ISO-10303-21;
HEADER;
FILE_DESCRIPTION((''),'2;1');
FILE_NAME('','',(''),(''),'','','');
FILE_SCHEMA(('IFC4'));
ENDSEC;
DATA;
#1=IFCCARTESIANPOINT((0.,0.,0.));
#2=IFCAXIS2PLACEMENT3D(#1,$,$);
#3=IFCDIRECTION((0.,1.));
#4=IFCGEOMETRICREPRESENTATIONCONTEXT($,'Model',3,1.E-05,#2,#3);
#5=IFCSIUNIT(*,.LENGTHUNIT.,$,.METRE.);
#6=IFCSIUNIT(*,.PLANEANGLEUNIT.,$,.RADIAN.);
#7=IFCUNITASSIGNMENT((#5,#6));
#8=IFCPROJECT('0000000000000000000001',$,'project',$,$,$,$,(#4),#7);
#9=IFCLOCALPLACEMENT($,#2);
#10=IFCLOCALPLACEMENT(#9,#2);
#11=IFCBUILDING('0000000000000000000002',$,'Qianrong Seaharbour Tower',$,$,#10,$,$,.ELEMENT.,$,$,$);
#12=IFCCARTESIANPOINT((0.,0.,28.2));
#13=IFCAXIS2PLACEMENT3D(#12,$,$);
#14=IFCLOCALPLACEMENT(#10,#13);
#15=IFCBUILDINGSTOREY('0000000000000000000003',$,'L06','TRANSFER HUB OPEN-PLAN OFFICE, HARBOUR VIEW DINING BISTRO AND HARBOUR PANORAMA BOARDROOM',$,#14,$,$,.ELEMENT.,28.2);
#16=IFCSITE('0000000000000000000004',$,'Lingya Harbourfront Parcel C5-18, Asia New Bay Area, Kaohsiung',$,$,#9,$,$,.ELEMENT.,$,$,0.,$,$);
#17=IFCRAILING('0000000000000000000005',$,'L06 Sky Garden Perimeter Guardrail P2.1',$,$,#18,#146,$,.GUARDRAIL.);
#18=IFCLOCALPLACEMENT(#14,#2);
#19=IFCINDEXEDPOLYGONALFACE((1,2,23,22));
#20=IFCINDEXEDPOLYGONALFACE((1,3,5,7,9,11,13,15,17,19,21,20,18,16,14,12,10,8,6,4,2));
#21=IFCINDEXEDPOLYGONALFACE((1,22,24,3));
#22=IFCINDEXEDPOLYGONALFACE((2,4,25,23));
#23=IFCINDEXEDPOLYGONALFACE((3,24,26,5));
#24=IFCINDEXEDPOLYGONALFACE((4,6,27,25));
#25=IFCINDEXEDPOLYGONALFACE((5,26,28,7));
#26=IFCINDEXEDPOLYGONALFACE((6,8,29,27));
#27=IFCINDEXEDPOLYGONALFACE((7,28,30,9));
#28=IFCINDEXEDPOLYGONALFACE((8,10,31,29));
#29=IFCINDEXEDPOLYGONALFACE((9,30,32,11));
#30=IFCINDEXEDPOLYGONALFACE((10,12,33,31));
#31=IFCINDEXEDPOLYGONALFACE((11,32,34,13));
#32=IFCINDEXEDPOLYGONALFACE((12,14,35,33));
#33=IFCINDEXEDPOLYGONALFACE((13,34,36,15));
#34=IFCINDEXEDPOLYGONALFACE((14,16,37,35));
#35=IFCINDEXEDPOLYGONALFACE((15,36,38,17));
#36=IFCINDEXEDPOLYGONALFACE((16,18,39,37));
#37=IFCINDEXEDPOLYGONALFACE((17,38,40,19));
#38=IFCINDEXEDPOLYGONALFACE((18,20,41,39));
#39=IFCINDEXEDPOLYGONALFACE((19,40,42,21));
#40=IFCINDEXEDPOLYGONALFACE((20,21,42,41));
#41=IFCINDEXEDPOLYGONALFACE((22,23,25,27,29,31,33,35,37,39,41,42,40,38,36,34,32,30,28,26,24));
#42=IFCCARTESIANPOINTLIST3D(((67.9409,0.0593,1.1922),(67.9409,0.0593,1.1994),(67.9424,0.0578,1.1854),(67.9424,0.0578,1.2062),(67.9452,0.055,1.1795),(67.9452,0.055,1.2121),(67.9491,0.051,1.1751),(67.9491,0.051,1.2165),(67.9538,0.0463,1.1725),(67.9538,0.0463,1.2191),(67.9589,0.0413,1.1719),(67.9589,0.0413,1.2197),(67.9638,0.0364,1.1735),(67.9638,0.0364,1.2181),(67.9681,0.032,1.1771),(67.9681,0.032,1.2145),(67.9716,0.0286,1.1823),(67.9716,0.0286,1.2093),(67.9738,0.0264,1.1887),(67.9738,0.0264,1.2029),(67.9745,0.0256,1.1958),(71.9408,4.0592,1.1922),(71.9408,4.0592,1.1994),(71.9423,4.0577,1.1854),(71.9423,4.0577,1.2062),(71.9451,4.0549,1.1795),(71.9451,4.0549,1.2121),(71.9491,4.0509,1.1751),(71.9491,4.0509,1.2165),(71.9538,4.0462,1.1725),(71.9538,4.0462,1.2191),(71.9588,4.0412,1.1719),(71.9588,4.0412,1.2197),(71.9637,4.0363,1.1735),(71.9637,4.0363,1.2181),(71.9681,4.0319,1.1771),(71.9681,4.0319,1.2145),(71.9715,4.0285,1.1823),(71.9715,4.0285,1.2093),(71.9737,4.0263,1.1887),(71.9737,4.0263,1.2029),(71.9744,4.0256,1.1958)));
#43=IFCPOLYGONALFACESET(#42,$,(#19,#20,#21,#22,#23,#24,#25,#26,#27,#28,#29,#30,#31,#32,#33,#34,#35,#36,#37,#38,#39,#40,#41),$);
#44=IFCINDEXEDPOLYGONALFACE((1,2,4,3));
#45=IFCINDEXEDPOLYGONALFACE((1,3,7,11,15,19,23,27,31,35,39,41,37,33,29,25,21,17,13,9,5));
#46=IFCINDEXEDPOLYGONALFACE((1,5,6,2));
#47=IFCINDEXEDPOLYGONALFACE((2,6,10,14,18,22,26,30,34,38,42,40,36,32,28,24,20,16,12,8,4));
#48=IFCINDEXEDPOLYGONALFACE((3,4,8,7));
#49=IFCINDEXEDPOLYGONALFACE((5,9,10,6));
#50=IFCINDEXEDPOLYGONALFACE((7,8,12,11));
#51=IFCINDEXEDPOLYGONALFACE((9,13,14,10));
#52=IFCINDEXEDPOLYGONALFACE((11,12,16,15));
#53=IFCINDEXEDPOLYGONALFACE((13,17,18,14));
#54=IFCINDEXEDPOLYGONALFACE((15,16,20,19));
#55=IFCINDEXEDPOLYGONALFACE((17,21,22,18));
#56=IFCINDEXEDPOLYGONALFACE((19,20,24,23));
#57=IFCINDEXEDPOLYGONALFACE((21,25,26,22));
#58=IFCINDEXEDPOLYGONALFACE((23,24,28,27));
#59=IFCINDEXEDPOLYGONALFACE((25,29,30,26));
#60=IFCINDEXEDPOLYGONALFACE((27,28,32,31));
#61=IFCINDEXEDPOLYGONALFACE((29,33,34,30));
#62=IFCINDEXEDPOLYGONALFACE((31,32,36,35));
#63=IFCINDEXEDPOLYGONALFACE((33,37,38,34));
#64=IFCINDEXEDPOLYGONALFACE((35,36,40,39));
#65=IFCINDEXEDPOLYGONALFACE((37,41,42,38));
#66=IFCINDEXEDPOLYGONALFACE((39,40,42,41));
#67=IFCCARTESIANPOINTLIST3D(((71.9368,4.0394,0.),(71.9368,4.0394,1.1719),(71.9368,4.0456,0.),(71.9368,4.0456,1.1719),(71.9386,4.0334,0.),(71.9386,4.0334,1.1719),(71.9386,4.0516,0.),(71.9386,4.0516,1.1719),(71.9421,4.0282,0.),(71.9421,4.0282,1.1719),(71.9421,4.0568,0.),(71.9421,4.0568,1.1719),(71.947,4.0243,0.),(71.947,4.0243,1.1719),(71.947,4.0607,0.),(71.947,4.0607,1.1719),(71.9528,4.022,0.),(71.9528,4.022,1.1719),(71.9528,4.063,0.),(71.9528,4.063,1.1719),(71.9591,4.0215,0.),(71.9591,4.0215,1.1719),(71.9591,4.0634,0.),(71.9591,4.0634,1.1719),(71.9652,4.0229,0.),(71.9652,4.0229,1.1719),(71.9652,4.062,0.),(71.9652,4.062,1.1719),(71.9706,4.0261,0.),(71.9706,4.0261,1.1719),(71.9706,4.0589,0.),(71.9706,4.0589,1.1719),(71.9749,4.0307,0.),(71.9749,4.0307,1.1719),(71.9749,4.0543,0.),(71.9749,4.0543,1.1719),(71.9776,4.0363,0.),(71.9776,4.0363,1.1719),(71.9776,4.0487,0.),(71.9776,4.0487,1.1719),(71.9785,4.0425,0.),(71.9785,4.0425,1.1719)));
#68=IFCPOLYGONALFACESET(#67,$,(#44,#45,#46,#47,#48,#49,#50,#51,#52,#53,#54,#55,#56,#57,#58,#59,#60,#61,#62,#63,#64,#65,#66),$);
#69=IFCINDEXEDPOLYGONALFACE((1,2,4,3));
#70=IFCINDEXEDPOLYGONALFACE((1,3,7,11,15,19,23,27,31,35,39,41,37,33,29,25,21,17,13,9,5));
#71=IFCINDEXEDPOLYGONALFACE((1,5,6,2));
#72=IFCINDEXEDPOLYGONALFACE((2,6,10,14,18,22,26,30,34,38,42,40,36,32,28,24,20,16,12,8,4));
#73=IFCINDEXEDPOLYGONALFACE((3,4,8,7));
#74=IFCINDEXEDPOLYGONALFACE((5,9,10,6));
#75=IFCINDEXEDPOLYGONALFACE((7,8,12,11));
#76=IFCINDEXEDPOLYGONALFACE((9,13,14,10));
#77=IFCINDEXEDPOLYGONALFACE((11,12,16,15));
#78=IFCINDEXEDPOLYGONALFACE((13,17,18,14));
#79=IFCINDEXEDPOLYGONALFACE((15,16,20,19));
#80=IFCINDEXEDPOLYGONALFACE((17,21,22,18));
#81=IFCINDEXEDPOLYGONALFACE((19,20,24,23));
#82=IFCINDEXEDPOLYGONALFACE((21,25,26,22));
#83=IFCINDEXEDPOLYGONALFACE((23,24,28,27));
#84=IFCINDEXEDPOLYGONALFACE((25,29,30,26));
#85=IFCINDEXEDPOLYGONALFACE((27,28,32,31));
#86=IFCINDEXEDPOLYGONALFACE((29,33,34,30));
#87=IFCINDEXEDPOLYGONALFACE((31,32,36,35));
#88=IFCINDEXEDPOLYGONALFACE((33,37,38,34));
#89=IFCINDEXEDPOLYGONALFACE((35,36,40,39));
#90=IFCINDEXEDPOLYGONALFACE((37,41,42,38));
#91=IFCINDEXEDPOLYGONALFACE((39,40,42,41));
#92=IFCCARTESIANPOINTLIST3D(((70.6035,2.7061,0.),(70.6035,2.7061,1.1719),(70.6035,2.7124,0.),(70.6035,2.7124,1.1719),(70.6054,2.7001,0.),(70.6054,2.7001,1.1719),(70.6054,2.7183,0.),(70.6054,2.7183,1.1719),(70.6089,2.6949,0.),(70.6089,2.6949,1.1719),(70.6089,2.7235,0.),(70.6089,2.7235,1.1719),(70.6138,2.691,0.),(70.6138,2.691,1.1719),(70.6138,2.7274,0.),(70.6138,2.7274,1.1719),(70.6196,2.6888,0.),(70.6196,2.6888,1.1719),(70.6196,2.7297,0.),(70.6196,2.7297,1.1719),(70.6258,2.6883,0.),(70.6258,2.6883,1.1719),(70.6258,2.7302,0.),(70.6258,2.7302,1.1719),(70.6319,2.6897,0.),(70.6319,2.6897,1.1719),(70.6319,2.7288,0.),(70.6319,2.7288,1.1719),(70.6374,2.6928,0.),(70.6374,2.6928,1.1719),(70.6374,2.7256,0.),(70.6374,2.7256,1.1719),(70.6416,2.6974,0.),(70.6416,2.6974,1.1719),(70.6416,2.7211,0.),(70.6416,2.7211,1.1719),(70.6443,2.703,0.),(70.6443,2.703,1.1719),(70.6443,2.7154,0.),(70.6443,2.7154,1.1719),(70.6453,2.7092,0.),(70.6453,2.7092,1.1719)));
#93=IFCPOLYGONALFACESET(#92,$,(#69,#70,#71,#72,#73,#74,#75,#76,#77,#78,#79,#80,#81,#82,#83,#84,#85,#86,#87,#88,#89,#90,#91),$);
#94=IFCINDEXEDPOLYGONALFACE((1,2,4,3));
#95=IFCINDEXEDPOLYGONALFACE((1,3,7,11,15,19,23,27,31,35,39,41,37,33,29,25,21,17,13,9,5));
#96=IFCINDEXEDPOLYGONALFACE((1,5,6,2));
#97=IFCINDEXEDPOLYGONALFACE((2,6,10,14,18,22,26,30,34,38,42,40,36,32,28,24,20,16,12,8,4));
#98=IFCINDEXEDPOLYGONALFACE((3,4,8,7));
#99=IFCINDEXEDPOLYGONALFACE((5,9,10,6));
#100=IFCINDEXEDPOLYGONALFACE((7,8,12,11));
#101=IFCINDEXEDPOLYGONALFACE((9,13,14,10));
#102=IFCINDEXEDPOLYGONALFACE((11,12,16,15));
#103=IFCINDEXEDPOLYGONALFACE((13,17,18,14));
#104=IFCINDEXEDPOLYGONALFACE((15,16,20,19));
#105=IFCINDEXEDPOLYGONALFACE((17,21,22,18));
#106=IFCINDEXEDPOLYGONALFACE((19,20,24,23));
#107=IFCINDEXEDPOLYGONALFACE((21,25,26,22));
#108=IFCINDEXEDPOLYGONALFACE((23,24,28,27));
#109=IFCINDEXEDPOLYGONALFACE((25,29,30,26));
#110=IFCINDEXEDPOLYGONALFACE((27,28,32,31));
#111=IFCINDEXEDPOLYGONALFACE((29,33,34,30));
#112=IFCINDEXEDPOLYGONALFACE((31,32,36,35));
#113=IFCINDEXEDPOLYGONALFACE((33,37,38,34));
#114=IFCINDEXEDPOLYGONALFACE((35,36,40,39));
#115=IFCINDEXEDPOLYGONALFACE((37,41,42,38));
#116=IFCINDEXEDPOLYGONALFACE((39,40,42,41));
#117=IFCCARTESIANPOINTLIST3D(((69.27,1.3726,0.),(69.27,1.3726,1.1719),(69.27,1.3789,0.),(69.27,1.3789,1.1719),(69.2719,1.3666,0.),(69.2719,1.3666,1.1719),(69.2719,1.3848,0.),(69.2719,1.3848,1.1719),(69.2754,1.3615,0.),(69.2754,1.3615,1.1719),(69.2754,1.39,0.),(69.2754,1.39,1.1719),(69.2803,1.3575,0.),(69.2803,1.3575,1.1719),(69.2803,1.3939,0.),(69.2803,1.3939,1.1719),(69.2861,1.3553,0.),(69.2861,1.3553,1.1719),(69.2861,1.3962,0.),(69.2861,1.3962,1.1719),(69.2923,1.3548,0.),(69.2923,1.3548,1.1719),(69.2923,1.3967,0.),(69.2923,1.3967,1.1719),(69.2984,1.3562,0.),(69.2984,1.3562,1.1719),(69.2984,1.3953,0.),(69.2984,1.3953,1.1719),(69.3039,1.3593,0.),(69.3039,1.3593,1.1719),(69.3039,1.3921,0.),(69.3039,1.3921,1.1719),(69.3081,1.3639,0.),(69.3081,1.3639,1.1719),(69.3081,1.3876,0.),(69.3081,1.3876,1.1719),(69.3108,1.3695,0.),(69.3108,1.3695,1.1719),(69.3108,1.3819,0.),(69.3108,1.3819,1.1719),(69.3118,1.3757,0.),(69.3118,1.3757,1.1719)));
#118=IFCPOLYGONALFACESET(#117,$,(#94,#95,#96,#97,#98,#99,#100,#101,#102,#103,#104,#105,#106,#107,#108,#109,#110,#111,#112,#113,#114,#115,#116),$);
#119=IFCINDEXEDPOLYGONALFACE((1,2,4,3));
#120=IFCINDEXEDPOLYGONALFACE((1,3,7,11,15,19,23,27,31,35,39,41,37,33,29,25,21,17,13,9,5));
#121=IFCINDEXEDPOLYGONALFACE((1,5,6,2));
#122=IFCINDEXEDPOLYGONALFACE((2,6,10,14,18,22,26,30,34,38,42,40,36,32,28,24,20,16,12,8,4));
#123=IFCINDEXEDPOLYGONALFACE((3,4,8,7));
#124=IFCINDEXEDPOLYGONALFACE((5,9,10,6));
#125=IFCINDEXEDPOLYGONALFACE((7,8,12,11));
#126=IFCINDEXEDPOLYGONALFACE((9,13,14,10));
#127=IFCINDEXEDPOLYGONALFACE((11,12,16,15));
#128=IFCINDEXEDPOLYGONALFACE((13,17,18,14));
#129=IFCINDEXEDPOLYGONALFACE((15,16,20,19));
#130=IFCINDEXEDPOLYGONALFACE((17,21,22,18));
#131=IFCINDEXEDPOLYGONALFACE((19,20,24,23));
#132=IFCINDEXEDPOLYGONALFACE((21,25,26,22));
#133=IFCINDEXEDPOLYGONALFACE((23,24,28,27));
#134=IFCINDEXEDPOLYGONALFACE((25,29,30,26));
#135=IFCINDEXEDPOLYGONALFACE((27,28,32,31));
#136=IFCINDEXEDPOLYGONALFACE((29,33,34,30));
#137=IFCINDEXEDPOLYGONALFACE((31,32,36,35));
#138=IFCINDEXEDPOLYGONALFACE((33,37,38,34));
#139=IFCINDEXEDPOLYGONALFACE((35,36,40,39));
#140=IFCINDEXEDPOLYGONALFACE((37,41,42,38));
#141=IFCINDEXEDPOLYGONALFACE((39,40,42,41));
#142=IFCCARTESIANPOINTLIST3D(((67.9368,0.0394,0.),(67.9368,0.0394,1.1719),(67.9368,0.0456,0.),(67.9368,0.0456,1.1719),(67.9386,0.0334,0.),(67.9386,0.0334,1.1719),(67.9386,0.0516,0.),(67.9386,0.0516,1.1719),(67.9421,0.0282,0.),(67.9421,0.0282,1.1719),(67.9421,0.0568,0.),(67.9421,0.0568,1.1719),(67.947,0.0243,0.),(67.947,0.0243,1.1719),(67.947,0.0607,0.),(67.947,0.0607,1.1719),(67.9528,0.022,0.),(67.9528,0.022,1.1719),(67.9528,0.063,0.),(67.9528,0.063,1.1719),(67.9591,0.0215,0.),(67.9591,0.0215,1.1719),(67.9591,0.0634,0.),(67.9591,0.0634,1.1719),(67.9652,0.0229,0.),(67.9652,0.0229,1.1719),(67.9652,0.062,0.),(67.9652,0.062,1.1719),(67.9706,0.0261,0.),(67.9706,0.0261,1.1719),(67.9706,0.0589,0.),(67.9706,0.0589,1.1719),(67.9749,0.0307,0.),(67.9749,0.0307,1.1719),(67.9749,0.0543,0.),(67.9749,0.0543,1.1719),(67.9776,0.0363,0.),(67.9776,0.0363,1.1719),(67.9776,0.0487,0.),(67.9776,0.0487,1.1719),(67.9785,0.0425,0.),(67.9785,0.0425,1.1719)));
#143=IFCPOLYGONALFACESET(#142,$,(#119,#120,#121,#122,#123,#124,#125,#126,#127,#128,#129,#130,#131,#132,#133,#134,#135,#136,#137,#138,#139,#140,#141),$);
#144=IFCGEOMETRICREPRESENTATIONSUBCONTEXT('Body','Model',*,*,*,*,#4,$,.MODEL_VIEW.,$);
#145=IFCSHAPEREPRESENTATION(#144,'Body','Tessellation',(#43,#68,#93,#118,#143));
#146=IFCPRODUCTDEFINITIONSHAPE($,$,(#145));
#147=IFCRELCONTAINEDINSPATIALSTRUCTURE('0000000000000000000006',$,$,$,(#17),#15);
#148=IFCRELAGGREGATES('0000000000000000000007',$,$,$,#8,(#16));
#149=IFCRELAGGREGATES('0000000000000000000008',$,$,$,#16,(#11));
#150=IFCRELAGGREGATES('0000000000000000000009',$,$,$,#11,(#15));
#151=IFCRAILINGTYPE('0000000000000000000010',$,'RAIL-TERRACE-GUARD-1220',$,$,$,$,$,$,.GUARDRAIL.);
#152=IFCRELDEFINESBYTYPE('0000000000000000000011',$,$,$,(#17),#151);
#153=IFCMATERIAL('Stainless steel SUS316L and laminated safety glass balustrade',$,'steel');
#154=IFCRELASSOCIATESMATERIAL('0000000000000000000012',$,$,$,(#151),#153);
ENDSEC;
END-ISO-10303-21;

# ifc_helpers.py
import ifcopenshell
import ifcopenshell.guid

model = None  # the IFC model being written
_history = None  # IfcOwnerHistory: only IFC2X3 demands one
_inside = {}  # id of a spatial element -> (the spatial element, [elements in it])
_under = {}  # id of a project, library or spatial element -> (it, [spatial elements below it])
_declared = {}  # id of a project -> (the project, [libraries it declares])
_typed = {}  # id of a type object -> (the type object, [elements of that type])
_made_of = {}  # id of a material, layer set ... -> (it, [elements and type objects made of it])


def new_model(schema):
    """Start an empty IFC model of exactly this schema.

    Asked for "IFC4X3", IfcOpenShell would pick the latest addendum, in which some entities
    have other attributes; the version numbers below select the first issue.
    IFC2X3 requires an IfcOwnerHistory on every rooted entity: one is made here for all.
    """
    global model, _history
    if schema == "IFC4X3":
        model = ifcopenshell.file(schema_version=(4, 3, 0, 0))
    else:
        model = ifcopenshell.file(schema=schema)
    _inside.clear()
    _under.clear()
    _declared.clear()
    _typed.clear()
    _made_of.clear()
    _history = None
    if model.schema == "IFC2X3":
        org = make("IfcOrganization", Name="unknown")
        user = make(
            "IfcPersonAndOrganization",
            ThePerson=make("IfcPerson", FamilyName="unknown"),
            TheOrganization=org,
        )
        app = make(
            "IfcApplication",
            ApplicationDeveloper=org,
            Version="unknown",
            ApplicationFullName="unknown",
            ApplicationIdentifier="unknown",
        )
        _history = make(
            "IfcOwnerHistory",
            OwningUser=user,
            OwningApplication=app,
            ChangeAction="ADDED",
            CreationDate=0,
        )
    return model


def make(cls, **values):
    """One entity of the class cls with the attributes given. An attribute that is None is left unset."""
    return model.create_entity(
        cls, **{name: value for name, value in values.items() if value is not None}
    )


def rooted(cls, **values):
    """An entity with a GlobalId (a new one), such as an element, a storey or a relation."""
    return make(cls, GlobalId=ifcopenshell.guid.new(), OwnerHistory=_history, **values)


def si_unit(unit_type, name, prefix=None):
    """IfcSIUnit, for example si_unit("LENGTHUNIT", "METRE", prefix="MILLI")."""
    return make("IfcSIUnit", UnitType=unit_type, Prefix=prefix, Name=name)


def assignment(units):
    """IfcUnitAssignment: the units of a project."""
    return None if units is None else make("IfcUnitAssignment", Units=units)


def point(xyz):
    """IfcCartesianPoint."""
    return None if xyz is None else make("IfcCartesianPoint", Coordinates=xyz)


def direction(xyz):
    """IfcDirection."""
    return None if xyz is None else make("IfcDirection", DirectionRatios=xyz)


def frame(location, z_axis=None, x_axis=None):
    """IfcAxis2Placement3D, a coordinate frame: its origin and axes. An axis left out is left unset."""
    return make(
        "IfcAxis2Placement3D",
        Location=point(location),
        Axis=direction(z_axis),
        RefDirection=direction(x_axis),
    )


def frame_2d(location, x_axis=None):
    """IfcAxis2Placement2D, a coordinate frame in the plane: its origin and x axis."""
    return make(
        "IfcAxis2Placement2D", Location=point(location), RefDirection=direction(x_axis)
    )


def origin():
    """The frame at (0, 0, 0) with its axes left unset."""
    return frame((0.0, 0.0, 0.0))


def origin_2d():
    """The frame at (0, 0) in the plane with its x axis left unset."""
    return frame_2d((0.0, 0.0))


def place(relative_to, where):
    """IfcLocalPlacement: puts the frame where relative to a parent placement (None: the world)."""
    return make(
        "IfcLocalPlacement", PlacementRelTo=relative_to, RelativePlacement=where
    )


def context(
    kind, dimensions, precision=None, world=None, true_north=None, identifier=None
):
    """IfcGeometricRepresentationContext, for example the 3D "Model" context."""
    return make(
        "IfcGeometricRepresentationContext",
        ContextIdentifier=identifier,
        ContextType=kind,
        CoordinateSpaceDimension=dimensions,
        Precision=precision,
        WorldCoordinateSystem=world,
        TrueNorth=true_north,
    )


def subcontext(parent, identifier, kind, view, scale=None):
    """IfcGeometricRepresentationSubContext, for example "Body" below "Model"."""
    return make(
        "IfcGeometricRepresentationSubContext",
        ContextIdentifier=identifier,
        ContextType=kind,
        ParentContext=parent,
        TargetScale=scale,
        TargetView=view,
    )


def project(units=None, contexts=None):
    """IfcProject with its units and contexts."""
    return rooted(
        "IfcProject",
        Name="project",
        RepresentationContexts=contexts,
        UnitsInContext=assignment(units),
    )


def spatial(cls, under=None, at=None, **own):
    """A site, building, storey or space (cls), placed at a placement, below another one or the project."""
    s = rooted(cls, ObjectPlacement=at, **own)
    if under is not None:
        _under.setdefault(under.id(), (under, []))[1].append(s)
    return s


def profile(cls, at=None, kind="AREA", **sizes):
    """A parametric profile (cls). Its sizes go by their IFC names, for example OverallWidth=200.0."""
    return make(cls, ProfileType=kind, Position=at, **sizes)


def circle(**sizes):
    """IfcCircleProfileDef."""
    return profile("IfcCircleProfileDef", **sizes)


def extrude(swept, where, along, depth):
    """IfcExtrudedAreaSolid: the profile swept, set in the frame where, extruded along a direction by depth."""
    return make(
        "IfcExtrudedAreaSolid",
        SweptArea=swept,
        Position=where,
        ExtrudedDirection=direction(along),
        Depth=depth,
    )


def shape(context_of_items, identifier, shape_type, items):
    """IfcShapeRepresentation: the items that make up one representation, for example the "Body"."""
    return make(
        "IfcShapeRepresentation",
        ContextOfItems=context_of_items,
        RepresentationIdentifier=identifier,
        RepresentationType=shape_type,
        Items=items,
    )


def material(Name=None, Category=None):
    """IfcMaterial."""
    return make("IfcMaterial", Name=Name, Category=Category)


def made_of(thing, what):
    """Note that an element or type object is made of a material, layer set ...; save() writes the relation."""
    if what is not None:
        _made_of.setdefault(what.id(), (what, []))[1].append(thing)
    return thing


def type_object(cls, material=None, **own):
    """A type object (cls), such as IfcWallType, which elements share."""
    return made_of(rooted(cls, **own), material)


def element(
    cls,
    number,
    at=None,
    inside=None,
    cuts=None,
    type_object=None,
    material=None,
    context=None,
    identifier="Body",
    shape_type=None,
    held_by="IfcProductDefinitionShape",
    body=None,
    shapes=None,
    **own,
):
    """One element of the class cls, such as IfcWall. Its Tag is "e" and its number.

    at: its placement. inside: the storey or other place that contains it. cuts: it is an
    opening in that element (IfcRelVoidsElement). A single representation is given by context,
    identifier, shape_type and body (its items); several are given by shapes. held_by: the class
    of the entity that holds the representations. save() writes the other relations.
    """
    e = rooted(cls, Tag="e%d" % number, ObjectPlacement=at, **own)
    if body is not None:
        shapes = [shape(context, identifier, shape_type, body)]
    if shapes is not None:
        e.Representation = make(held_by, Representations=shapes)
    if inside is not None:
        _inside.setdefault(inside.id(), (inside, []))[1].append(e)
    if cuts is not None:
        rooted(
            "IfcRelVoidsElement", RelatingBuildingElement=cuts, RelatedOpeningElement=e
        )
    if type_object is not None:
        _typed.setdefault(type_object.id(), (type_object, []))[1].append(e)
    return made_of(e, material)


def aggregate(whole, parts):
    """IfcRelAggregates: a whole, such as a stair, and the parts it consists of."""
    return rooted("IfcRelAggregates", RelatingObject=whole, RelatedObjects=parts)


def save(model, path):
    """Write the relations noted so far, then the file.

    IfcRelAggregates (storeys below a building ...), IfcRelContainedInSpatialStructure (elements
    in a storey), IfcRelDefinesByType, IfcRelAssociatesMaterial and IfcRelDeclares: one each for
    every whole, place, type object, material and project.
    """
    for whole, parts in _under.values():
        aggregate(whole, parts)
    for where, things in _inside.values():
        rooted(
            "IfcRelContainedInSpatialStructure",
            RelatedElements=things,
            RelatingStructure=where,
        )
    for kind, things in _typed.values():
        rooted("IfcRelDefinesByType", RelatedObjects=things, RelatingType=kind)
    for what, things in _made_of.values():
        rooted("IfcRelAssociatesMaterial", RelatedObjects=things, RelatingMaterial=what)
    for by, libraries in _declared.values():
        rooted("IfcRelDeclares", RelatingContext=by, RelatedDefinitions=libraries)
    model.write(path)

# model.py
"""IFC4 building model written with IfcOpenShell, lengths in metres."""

from ifc_helpers import new_model, si_unit, direction, frame, origin, origin_2d, place, context, subcontext, project, spatial, circle, extrude, material, type_object, element, save


model = new_model("IFC4")

# Units and contexts
model_context = context("Model", 3, precision=1e-05, world=origin(), true_north=direction((0.0, 1.0)))
body_context = subcontext(model_context, "Body", "Model", "MODEL_VIEW")
ifc_project = project(units=[si_unit("LENGTHUNIT", "METRE"), si_unit("PLANEANGLEUNIT", "RADIAN")], contexts=[model_context])

# Site, building, storey
site_placement = place(None, origin())
site = spatial("IfcSite", under=ifc_project, at=site_placement, Name="Lingya Harbourfront Parcel C5-18, Asia New Bay Area, Kaohsiung", CompositionType="ELEMENT", RefElevation=0.0)
building_placement = place(site_placement, origin())
building = spatial("IfcBuilding", under=site, at=building_placement, Name="Qianrong Seaharbour Tower", CompositionType="ELEMENT")
storey_placement = place(building_placement, frame((0.0, 0.0, 28.2)))
storey = spatial("IfcBuildingStorey", under=building, at=storey_placement, Name="L06", Description="TRANSFER HUB OPEN-PLAN OFFICE, HARBOUR VIEW DINING BISTRO AND HARBOUR PANORAMA BOARDROOM", CompositionType="ELEMENT", Elevation=28.2)

# Railing
ifc_material_1 = material(Name="Stainless steel SUS316L and laminated safety glass balustrade", Category="steel")
railing_type = type_object("IfcRailingType", Name="RAIL-TERRACE-GUARD-1220", PredefinedType="GUARDRAIL", material=ifc_material_1)
railing_1_placement = place(storey_placement, frame((71.9575, 4.0425, 0.0)))
element("IfcRailing", 1, at=railing_1_placement, inside=storey, type_object=railing_type, Name="L06 Sky Garden Perimeter Guardrail P2.1", PredefinedType="GUARDRAIL", context=body_context, shape_type="SweptSolid", body=[
    extrude(circle(Radius=0.0239, at=origin_2d()), frame((0.0, 0.0, 1.1958), z_axis=(-0.707107, -0.707107, 0.0), x_axis=(0.707107, -0.707107, 0.0)), (0.0, 0.0, 1.0), 5.6567),
    extrude(circle(Radius=0.021, at=origin_2d()), origin(), (0.0, 0.0, 1.0), 1.1719),
    extrude(circle(Radius=0.021, at=origin_2d()), frame((-1.3333, -1.3333, 0.0)), (0.0, 0.0, 1.0), 1.1719),
    extrude(circle(Radius=0.021, at=origin_2d()), frame((-2.6667, -2.6667, 0.0)), (0.0, 0.0, 1.0), 1.1719),
    extrude(circle(Radius=0.021, at=origin_2d()), frame((-4.0, -4.0, 0.0)), (0.0, 0.0, 1.0), 1.1719),
])

save(model, "model.ifc")
